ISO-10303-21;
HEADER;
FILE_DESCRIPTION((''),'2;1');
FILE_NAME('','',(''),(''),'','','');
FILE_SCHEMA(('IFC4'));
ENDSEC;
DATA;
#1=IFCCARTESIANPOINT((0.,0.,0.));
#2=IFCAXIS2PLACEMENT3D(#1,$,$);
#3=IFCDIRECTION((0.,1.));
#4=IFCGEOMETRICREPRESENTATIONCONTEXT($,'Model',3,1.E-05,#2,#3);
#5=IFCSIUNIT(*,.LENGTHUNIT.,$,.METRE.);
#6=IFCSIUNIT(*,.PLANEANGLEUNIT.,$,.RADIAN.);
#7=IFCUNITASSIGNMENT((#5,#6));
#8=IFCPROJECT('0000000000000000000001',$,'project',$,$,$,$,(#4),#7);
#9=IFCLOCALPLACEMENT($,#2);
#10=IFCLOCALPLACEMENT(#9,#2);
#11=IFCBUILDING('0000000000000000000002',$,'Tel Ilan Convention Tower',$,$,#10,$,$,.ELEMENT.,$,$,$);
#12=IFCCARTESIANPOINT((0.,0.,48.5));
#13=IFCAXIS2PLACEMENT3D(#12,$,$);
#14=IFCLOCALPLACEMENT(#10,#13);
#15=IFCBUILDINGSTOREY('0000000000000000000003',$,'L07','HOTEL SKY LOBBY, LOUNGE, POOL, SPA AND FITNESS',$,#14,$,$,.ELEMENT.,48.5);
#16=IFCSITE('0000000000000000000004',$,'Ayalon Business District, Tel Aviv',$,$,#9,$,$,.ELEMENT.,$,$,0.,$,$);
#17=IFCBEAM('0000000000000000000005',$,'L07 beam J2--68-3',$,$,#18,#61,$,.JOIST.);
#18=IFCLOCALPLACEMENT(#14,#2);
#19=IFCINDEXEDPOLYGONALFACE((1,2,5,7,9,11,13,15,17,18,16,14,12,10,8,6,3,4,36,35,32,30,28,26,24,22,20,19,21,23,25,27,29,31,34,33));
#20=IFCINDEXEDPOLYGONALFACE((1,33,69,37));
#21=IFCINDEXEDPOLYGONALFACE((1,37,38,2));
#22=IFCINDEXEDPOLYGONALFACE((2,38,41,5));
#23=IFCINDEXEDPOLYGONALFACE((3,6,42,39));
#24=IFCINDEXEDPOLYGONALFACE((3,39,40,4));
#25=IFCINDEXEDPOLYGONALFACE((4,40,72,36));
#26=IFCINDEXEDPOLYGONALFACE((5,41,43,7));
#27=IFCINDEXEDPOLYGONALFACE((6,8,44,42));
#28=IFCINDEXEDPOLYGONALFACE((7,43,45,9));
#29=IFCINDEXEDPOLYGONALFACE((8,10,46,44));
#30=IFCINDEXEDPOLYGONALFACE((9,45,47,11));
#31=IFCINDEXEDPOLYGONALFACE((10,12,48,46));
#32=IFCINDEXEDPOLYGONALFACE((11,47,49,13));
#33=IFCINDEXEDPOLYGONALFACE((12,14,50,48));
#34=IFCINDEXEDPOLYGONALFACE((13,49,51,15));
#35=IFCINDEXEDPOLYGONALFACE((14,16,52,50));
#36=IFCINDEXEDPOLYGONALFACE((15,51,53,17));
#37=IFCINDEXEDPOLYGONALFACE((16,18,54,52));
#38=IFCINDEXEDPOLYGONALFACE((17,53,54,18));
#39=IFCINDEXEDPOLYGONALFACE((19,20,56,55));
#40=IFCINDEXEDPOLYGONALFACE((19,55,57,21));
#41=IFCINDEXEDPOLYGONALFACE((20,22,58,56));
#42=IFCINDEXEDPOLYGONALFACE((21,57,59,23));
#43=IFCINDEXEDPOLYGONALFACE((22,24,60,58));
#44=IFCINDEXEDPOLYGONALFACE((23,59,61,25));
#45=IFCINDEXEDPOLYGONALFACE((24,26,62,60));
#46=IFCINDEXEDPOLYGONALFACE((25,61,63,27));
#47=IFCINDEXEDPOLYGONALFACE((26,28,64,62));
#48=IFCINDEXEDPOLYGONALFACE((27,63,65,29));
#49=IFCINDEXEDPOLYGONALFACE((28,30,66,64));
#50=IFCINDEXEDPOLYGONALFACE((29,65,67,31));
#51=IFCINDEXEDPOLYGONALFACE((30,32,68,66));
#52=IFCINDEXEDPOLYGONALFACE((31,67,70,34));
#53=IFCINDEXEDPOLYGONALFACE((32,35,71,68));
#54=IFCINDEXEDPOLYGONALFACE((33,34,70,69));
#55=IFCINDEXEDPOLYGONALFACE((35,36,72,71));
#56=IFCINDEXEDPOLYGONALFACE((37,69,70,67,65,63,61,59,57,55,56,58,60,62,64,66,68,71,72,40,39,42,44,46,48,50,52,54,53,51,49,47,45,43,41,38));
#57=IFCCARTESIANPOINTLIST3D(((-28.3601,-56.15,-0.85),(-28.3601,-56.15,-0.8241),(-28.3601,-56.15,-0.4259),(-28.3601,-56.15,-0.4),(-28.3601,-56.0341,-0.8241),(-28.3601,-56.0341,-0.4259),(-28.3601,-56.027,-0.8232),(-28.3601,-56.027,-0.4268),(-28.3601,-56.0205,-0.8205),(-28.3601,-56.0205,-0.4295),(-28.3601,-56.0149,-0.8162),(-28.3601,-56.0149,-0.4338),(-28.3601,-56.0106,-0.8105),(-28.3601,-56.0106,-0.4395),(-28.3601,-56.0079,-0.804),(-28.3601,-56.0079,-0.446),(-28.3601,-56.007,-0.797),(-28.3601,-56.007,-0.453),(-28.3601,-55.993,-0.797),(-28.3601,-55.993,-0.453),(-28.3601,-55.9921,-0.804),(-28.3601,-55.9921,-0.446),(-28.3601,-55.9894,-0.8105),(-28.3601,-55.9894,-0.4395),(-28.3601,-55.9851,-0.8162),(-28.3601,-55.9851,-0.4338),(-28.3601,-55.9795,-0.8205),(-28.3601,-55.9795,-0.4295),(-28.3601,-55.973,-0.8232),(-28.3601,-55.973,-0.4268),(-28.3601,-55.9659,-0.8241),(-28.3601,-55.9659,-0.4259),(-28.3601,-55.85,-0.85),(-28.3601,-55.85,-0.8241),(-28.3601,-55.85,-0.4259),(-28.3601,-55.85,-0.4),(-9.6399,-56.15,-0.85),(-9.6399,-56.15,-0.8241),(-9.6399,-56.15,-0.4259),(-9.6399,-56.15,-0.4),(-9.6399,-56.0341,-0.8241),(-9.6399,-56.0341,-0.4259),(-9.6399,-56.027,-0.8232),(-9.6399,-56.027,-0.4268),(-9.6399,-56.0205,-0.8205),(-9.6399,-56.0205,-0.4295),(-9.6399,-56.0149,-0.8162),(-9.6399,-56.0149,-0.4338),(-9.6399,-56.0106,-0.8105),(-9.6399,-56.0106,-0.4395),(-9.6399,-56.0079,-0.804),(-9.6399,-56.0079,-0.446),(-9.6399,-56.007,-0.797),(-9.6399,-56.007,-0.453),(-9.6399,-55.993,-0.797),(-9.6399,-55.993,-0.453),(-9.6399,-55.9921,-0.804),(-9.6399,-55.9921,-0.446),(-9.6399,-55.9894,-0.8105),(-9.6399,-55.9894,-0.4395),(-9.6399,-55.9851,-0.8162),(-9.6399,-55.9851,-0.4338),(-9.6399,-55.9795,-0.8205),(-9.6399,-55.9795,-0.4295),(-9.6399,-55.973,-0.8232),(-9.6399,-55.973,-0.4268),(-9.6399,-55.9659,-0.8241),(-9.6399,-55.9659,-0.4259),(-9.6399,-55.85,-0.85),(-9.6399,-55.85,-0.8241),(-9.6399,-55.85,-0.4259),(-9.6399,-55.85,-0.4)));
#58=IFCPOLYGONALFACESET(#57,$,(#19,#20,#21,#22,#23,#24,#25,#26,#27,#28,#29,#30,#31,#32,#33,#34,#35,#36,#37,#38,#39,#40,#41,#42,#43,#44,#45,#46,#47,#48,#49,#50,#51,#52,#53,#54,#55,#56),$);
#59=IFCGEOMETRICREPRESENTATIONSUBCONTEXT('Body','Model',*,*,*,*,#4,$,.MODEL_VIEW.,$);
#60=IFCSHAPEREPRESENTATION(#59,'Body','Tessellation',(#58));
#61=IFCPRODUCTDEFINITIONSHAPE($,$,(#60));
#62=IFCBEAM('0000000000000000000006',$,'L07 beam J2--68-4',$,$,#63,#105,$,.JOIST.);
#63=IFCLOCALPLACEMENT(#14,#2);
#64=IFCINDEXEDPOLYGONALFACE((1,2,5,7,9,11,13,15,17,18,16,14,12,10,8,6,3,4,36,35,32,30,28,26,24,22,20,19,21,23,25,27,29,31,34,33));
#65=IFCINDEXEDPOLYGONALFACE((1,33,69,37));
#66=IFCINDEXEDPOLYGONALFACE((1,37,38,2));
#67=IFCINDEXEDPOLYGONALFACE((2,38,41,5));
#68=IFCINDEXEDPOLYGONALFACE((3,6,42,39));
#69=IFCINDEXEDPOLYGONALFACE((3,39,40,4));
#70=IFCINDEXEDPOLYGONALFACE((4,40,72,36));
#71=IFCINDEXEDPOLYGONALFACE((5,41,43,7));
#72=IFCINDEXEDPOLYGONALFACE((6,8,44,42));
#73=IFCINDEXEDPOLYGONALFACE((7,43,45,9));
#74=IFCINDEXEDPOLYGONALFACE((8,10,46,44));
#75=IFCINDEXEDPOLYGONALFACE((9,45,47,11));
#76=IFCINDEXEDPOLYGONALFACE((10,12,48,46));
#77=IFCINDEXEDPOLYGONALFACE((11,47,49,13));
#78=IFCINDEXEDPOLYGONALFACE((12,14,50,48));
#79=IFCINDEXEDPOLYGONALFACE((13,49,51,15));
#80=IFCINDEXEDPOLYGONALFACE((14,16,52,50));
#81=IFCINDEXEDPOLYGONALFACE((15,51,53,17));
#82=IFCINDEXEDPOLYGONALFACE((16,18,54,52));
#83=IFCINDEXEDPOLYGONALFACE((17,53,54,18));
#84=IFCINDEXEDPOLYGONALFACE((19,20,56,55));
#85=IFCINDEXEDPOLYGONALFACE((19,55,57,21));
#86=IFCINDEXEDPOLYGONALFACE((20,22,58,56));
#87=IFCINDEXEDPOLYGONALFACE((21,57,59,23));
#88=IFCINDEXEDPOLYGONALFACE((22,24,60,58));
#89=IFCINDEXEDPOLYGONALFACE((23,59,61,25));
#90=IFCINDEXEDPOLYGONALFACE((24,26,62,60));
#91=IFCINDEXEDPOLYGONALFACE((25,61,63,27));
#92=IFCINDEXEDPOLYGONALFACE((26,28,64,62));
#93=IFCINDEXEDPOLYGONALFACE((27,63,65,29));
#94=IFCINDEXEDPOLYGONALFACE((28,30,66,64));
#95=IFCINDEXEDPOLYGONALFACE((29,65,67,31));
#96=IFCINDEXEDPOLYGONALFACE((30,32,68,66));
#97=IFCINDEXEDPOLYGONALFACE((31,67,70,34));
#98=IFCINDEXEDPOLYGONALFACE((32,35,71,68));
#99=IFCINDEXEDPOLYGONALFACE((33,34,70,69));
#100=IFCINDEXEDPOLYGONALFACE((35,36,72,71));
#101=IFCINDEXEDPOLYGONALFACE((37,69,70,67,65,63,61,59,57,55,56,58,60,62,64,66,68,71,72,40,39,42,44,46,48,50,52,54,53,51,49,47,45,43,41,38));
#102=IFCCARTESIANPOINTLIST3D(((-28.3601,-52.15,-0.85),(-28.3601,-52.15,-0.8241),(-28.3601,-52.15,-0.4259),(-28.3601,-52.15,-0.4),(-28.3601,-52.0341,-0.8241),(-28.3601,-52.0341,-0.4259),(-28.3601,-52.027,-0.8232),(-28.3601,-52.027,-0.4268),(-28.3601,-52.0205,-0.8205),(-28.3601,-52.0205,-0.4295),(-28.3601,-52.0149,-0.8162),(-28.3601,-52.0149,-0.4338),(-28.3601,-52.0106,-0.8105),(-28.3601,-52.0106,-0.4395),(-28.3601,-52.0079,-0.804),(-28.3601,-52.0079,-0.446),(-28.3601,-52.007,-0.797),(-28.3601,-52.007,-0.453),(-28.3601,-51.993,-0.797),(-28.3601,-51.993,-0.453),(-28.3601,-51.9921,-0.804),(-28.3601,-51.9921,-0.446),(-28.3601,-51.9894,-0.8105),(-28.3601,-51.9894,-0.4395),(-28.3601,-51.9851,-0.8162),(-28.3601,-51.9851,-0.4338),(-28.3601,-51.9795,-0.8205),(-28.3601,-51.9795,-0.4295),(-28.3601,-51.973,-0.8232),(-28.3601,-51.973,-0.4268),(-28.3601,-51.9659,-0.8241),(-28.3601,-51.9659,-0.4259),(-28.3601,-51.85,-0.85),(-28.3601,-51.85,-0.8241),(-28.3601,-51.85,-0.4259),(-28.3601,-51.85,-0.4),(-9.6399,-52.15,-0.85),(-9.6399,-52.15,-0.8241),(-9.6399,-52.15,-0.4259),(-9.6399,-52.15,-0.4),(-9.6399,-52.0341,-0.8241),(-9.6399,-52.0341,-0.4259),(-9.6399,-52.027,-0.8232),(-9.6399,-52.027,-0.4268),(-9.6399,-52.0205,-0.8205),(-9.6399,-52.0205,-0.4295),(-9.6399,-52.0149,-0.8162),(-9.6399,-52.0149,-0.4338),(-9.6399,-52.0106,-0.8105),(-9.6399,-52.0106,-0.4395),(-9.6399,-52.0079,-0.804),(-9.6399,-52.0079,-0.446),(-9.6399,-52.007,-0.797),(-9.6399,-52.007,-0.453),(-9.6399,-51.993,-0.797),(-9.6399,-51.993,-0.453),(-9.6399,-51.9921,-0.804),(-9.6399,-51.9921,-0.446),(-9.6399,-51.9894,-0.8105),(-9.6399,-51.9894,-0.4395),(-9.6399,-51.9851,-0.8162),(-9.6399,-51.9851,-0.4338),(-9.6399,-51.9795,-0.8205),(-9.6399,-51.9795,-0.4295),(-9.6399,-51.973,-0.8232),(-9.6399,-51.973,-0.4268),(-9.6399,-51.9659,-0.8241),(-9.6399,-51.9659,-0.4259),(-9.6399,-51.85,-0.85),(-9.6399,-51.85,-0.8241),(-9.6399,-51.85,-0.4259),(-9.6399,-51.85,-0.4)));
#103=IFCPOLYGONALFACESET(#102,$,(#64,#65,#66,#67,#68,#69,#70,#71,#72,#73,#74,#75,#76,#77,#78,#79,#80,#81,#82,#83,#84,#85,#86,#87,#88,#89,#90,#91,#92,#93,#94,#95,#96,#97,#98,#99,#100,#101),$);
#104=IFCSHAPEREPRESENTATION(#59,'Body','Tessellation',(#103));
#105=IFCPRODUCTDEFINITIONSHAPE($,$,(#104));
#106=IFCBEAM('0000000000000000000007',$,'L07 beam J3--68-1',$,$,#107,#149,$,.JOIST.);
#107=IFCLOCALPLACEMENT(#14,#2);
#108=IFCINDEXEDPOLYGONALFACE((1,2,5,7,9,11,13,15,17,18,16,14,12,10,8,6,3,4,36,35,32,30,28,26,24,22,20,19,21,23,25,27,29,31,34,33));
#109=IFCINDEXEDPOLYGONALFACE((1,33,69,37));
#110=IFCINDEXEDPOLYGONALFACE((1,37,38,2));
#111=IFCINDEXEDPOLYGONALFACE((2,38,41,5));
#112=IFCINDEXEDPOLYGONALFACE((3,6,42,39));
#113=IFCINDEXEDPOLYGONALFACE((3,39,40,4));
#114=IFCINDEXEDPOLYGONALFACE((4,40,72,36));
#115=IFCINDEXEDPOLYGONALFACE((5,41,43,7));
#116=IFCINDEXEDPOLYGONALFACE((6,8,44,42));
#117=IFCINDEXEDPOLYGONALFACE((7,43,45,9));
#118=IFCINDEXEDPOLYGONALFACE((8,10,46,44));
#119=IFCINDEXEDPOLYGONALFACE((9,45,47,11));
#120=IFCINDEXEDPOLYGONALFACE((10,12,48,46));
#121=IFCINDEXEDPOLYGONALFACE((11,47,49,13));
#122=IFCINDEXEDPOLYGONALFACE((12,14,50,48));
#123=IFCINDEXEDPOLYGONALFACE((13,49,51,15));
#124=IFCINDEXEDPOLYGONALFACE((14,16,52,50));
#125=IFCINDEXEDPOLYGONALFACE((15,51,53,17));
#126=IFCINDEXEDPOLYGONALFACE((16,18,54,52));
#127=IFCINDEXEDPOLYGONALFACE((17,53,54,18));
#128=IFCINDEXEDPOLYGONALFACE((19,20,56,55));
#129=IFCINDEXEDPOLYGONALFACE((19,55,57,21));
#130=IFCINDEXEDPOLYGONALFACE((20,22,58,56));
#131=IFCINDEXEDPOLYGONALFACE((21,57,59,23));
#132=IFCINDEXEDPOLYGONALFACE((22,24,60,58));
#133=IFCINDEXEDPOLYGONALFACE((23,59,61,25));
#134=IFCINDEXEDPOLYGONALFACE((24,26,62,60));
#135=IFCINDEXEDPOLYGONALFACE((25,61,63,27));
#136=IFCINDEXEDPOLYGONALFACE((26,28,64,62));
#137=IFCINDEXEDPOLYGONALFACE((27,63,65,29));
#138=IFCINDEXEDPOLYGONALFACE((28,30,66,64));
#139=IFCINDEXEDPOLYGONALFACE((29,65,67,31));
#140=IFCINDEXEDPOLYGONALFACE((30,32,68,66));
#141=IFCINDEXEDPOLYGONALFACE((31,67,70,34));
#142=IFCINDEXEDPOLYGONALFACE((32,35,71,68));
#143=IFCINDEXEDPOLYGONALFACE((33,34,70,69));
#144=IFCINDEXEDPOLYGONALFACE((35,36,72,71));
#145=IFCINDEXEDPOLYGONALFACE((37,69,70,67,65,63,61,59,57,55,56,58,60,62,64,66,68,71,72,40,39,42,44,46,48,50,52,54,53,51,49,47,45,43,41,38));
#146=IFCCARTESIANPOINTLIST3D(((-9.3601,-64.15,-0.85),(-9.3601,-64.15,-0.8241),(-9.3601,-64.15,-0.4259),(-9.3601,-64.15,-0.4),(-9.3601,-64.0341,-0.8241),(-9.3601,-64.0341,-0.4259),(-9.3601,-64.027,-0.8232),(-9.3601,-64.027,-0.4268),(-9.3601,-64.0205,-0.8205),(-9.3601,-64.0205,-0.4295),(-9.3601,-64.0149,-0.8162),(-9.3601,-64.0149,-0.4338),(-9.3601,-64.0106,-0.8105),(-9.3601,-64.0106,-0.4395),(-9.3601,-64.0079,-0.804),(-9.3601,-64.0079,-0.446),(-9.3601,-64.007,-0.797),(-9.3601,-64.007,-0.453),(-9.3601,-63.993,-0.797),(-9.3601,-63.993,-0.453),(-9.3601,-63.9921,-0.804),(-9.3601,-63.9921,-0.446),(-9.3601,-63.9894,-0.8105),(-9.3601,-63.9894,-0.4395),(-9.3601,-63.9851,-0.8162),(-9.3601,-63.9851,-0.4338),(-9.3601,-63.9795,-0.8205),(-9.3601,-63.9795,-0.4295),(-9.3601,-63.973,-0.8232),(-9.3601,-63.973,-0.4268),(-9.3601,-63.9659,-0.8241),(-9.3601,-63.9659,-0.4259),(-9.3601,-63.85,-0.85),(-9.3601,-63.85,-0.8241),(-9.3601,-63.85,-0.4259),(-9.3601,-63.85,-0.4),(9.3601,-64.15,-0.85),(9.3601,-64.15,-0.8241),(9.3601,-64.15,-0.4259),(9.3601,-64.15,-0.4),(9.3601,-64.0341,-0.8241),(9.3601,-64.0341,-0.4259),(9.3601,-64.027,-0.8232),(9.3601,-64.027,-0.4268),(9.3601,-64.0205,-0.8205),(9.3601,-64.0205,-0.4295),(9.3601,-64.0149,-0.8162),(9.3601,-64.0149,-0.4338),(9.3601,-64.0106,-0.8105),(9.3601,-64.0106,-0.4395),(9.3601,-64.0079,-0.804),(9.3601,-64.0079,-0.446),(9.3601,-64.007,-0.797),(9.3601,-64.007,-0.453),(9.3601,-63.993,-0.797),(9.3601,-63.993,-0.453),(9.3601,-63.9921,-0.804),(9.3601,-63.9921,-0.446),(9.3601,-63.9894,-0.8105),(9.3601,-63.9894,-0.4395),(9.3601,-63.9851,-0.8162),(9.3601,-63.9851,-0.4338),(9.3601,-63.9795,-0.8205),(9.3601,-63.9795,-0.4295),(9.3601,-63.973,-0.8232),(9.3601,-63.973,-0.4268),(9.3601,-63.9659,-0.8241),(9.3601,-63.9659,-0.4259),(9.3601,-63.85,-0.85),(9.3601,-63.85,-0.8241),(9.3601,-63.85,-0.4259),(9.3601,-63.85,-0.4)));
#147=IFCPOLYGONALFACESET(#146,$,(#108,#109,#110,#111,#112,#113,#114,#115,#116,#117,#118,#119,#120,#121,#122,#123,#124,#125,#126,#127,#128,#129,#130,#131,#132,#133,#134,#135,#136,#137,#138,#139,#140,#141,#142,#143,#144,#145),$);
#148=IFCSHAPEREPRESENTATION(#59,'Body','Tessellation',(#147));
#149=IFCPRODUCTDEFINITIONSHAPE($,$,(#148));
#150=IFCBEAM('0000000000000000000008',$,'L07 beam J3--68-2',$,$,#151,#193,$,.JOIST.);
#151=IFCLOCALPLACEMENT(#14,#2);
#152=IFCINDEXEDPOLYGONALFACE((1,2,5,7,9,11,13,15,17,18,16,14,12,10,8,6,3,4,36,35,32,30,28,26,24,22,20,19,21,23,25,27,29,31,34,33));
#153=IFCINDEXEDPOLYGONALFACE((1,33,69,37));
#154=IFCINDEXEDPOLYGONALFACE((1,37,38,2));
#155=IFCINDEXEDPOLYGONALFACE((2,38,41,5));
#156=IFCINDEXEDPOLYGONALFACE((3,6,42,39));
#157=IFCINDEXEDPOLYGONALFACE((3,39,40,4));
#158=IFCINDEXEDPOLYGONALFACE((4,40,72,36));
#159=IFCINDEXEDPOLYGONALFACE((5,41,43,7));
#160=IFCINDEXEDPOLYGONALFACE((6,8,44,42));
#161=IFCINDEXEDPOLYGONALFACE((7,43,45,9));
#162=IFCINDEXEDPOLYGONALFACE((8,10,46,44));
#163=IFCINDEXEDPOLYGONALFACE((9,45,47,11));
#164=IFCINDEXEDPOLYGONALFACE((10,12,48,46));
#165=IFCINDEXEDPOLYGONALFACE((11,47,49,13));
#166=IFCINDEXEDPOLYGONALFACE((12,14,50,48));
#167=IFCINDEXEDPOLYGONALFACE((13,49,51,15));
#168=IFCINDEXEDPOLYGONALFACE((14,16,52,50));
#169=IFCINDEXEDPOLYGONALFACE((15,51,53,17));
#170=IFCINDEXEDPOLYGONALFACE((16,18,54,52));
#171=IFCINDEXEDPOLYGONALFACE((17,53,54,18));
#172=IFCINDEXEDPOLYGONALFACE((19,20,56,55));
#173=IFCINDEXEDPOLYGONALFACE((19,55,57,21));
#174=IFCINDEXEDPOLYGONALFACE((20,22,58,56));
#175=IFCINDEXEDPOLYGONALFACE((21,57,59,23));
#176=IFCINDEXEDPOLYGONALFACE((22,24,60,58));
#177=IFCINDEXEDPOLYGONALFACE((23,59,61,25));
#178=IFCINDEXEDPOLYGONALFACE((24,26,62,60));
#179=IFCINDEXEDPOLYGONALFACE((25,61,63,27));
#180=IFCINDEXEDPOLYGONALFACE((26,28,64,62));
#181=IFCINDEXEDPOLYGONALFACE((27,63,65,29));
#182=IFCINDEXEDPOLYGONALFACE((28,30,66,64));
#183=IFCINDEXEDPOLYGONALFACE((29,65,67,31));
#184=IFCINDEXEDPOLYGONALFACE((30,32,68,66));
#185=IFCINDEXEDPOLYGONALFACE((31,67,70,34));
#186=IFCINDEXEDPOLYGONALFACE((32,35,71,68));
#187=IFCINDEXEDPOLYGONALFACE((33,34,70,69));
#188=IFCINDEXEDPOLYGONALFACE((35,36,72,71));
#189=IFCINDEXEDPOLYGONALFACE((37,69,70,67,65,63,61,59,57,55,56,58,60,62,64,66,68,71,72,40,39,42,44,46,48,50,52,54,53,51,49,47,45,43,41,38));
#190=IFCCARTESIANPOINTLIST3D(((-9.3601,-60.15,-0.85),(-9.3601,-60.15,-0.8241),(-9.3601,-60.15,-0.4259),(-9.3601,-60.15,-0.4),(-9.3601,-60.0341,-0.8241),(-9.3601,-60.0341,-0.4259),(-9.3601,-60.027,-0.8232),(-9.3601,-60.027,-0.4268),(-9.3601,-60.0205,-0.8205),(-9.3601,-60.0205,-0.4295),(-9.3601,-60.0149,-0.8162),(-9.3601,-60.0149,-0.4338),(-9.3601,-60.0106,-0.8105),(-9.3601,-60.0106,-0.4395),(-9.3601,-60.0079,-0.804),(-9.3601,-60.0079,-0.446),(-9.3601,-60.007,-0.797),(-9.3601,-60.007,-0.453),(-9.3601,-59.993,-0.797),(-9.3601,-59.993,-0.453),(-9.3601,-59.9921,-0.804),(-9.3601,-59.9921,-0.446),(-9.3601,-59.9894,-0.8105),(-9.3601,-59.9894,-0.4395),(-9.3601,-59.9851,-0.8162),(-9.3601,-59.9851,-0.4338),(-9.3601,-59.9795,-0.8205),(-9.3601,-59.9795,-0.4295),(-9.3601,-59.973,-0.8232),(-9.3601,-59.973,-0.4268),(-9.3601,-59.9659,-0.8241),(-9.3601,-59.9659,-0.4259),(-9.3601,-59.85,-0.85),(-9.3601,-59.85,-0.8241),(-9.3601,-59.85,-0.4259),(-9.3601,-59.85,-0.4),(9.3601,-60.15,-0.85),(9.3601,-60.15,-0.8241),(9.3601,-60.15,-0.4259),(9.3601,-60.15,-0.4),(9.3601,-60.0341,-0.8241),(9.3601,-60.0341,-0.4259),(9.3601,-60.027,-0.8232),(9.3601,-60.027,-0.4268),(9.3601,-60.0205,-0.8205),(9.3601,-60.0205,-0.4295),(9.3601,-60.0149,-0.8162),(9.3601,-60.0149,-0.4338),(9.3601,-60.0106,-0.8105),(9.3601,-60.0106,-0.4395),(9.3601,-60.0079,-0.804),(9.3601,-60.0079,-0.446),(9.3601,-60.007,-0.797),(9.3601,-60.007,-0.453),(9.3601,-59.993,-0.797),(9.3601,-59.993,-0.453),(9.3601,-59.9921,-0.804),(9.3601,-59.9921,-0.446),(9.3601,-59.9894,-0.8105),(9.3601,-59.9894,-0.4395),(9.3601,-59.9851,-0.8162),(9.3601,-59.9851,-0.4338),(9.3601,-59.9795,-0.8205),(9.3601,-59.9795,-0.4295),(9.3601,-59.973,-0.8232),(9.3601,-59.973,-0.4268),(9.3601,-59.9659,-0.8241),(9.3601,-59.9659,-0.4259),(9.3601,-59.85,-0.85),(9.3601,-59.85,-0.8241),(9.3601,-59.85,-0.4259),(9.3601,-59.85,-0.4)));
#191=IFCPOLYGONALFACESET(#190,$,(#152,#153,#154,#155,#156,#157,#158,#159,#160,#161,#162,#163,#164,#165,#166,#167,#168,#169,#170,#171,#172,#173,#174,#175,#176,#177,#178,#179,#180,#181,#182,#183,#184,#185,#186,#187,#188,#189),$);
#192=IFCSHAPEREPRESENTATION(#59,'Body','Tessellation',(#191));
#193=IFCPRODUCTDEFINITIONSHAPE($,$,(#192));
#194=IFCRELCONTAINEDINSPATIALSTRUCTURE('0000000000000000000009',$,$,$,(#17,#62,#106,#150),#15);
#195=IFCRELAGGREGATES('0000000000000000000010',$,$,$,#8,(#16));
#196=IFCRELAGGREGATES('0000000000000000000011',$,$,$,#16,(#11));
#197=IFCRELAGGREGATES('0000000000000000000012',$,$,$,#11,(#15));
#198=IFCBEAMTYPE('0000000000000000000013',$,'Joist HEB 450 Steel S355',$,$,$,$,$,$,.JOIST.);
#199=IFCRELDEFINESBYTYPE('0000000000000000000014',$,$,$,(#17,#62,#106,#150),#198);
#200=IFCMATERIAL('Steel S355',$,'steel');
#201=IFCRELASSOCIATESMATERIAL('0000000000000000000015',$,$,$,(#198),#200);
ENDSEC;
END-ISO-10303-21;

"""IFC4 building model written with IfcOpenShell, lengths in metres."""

from ifc_helpers import new_model, si_unit, direction, frame, origin, origin_2d, place, context, subcontext, project, spatial, i_section, extrude, material, material_profile, profile_set, type_object, element, save


model = new_model("IFC4")

# Units and contexts
model_context = context("Model", 3, precision=1e-05, world=origin(), true_north=direction((0.0, 1.0)))
body_context = subcontext(model_context, "Body", "Model", "MODEL_VIEW")
ifc_project = project(units=[si_unit("LENGTHUNIT", "METRE"), si_unit("PLANEANGLEUNIT", "RADIAN")], contexts=[model_context])

# Site, building, storey
site_placement = place(None, origin())
site = spatial("IfcSite", under=ifc_project, at=site_placement, Name="Ayalon Business District, Tel Aviv", CompositionType="ELEMENT", RefElevation=0.0)
building_placement = place(site_placement, origin())
building = spatial("IfcBuilding", under=site, at=building_placement, Name="Tel Ilan Convention Tower", CompositionType="ELEMENT")
storey_placement = place(building_placement, frame((0.0, 0.0, 48.5)))
storey = spatial("IfcBuildingStorey", under=building, at=storey_placement, Name="L07", Description="HOTEL SKY LOBBY, LOUNGE, POOL, SPA AND FITNESS", CompositionType="ELEMENT", Elevation=48.5)

# Beams
ifc_material_1 = material(Name="Steel S355", Category="steel")
ifc_material_profile_1 = material_profile(ifc_material_1, i_section(OverallWidth=0.3, OverallDepth=0.45, WebThickness=0.0139, FlangeThickness=0.0259, FilletRadius=0.0271, at=origin_2d()), Name="HEB 450")
ifc_profile_set_1 = profile_set([ifc_material_profile_1], Name="Steel S355")
beam_type_1 = type_object("IfcBeamType", Name="Joist HEB 450 Steel S355", PredefinedType="JOIST", material=ifc_profile_set_1)
for number, where, z_axis, x_axis, name in (
    (1, (-28.3601, -56.0, -0.625), (1.0, 0.0, 0.0), (0.0, 1.0, 0.0), "L07 beam J2--68-3"),
    (2, (-28.3601, -52.0, -0.625), (1.0, 0.0, 0.0), (0.0, 1.0, 0.0), "L07 beam J2--68-4"),
    (3, (-9.3601, -64.0, -0.625), (1.0, 0.0, 0.0), (0.0, 1.0, 0.0), "L07 beam J3--68-1"),
    (4, (-9.3601, -60.0, -0.625), (1.0, 0.0, 0.0), (0.0, 1.0, 0.0), "L07 beam J3--68-2"),
):
    element("IfcBeam", number, at=place(storey_placement, frame(where, z_axis=z_axis, x_axis=x_axis)), inside=storey, type_object=beam_type_1, Name=name, PredefinedType="JOIST", context=body_context, shape_type="SweptSolid", body=[
        extrude(i_section(OverallWidth=0.3, OverallDepth=0.45, WebThickness=0.0139, FlangeThickness=0.0259, FilletRadius=0.0271, at=origin_2d()), origin(), (0.0, 0.0, 1.0), 18.7202),
    ])

save(model, "model.ifc")
